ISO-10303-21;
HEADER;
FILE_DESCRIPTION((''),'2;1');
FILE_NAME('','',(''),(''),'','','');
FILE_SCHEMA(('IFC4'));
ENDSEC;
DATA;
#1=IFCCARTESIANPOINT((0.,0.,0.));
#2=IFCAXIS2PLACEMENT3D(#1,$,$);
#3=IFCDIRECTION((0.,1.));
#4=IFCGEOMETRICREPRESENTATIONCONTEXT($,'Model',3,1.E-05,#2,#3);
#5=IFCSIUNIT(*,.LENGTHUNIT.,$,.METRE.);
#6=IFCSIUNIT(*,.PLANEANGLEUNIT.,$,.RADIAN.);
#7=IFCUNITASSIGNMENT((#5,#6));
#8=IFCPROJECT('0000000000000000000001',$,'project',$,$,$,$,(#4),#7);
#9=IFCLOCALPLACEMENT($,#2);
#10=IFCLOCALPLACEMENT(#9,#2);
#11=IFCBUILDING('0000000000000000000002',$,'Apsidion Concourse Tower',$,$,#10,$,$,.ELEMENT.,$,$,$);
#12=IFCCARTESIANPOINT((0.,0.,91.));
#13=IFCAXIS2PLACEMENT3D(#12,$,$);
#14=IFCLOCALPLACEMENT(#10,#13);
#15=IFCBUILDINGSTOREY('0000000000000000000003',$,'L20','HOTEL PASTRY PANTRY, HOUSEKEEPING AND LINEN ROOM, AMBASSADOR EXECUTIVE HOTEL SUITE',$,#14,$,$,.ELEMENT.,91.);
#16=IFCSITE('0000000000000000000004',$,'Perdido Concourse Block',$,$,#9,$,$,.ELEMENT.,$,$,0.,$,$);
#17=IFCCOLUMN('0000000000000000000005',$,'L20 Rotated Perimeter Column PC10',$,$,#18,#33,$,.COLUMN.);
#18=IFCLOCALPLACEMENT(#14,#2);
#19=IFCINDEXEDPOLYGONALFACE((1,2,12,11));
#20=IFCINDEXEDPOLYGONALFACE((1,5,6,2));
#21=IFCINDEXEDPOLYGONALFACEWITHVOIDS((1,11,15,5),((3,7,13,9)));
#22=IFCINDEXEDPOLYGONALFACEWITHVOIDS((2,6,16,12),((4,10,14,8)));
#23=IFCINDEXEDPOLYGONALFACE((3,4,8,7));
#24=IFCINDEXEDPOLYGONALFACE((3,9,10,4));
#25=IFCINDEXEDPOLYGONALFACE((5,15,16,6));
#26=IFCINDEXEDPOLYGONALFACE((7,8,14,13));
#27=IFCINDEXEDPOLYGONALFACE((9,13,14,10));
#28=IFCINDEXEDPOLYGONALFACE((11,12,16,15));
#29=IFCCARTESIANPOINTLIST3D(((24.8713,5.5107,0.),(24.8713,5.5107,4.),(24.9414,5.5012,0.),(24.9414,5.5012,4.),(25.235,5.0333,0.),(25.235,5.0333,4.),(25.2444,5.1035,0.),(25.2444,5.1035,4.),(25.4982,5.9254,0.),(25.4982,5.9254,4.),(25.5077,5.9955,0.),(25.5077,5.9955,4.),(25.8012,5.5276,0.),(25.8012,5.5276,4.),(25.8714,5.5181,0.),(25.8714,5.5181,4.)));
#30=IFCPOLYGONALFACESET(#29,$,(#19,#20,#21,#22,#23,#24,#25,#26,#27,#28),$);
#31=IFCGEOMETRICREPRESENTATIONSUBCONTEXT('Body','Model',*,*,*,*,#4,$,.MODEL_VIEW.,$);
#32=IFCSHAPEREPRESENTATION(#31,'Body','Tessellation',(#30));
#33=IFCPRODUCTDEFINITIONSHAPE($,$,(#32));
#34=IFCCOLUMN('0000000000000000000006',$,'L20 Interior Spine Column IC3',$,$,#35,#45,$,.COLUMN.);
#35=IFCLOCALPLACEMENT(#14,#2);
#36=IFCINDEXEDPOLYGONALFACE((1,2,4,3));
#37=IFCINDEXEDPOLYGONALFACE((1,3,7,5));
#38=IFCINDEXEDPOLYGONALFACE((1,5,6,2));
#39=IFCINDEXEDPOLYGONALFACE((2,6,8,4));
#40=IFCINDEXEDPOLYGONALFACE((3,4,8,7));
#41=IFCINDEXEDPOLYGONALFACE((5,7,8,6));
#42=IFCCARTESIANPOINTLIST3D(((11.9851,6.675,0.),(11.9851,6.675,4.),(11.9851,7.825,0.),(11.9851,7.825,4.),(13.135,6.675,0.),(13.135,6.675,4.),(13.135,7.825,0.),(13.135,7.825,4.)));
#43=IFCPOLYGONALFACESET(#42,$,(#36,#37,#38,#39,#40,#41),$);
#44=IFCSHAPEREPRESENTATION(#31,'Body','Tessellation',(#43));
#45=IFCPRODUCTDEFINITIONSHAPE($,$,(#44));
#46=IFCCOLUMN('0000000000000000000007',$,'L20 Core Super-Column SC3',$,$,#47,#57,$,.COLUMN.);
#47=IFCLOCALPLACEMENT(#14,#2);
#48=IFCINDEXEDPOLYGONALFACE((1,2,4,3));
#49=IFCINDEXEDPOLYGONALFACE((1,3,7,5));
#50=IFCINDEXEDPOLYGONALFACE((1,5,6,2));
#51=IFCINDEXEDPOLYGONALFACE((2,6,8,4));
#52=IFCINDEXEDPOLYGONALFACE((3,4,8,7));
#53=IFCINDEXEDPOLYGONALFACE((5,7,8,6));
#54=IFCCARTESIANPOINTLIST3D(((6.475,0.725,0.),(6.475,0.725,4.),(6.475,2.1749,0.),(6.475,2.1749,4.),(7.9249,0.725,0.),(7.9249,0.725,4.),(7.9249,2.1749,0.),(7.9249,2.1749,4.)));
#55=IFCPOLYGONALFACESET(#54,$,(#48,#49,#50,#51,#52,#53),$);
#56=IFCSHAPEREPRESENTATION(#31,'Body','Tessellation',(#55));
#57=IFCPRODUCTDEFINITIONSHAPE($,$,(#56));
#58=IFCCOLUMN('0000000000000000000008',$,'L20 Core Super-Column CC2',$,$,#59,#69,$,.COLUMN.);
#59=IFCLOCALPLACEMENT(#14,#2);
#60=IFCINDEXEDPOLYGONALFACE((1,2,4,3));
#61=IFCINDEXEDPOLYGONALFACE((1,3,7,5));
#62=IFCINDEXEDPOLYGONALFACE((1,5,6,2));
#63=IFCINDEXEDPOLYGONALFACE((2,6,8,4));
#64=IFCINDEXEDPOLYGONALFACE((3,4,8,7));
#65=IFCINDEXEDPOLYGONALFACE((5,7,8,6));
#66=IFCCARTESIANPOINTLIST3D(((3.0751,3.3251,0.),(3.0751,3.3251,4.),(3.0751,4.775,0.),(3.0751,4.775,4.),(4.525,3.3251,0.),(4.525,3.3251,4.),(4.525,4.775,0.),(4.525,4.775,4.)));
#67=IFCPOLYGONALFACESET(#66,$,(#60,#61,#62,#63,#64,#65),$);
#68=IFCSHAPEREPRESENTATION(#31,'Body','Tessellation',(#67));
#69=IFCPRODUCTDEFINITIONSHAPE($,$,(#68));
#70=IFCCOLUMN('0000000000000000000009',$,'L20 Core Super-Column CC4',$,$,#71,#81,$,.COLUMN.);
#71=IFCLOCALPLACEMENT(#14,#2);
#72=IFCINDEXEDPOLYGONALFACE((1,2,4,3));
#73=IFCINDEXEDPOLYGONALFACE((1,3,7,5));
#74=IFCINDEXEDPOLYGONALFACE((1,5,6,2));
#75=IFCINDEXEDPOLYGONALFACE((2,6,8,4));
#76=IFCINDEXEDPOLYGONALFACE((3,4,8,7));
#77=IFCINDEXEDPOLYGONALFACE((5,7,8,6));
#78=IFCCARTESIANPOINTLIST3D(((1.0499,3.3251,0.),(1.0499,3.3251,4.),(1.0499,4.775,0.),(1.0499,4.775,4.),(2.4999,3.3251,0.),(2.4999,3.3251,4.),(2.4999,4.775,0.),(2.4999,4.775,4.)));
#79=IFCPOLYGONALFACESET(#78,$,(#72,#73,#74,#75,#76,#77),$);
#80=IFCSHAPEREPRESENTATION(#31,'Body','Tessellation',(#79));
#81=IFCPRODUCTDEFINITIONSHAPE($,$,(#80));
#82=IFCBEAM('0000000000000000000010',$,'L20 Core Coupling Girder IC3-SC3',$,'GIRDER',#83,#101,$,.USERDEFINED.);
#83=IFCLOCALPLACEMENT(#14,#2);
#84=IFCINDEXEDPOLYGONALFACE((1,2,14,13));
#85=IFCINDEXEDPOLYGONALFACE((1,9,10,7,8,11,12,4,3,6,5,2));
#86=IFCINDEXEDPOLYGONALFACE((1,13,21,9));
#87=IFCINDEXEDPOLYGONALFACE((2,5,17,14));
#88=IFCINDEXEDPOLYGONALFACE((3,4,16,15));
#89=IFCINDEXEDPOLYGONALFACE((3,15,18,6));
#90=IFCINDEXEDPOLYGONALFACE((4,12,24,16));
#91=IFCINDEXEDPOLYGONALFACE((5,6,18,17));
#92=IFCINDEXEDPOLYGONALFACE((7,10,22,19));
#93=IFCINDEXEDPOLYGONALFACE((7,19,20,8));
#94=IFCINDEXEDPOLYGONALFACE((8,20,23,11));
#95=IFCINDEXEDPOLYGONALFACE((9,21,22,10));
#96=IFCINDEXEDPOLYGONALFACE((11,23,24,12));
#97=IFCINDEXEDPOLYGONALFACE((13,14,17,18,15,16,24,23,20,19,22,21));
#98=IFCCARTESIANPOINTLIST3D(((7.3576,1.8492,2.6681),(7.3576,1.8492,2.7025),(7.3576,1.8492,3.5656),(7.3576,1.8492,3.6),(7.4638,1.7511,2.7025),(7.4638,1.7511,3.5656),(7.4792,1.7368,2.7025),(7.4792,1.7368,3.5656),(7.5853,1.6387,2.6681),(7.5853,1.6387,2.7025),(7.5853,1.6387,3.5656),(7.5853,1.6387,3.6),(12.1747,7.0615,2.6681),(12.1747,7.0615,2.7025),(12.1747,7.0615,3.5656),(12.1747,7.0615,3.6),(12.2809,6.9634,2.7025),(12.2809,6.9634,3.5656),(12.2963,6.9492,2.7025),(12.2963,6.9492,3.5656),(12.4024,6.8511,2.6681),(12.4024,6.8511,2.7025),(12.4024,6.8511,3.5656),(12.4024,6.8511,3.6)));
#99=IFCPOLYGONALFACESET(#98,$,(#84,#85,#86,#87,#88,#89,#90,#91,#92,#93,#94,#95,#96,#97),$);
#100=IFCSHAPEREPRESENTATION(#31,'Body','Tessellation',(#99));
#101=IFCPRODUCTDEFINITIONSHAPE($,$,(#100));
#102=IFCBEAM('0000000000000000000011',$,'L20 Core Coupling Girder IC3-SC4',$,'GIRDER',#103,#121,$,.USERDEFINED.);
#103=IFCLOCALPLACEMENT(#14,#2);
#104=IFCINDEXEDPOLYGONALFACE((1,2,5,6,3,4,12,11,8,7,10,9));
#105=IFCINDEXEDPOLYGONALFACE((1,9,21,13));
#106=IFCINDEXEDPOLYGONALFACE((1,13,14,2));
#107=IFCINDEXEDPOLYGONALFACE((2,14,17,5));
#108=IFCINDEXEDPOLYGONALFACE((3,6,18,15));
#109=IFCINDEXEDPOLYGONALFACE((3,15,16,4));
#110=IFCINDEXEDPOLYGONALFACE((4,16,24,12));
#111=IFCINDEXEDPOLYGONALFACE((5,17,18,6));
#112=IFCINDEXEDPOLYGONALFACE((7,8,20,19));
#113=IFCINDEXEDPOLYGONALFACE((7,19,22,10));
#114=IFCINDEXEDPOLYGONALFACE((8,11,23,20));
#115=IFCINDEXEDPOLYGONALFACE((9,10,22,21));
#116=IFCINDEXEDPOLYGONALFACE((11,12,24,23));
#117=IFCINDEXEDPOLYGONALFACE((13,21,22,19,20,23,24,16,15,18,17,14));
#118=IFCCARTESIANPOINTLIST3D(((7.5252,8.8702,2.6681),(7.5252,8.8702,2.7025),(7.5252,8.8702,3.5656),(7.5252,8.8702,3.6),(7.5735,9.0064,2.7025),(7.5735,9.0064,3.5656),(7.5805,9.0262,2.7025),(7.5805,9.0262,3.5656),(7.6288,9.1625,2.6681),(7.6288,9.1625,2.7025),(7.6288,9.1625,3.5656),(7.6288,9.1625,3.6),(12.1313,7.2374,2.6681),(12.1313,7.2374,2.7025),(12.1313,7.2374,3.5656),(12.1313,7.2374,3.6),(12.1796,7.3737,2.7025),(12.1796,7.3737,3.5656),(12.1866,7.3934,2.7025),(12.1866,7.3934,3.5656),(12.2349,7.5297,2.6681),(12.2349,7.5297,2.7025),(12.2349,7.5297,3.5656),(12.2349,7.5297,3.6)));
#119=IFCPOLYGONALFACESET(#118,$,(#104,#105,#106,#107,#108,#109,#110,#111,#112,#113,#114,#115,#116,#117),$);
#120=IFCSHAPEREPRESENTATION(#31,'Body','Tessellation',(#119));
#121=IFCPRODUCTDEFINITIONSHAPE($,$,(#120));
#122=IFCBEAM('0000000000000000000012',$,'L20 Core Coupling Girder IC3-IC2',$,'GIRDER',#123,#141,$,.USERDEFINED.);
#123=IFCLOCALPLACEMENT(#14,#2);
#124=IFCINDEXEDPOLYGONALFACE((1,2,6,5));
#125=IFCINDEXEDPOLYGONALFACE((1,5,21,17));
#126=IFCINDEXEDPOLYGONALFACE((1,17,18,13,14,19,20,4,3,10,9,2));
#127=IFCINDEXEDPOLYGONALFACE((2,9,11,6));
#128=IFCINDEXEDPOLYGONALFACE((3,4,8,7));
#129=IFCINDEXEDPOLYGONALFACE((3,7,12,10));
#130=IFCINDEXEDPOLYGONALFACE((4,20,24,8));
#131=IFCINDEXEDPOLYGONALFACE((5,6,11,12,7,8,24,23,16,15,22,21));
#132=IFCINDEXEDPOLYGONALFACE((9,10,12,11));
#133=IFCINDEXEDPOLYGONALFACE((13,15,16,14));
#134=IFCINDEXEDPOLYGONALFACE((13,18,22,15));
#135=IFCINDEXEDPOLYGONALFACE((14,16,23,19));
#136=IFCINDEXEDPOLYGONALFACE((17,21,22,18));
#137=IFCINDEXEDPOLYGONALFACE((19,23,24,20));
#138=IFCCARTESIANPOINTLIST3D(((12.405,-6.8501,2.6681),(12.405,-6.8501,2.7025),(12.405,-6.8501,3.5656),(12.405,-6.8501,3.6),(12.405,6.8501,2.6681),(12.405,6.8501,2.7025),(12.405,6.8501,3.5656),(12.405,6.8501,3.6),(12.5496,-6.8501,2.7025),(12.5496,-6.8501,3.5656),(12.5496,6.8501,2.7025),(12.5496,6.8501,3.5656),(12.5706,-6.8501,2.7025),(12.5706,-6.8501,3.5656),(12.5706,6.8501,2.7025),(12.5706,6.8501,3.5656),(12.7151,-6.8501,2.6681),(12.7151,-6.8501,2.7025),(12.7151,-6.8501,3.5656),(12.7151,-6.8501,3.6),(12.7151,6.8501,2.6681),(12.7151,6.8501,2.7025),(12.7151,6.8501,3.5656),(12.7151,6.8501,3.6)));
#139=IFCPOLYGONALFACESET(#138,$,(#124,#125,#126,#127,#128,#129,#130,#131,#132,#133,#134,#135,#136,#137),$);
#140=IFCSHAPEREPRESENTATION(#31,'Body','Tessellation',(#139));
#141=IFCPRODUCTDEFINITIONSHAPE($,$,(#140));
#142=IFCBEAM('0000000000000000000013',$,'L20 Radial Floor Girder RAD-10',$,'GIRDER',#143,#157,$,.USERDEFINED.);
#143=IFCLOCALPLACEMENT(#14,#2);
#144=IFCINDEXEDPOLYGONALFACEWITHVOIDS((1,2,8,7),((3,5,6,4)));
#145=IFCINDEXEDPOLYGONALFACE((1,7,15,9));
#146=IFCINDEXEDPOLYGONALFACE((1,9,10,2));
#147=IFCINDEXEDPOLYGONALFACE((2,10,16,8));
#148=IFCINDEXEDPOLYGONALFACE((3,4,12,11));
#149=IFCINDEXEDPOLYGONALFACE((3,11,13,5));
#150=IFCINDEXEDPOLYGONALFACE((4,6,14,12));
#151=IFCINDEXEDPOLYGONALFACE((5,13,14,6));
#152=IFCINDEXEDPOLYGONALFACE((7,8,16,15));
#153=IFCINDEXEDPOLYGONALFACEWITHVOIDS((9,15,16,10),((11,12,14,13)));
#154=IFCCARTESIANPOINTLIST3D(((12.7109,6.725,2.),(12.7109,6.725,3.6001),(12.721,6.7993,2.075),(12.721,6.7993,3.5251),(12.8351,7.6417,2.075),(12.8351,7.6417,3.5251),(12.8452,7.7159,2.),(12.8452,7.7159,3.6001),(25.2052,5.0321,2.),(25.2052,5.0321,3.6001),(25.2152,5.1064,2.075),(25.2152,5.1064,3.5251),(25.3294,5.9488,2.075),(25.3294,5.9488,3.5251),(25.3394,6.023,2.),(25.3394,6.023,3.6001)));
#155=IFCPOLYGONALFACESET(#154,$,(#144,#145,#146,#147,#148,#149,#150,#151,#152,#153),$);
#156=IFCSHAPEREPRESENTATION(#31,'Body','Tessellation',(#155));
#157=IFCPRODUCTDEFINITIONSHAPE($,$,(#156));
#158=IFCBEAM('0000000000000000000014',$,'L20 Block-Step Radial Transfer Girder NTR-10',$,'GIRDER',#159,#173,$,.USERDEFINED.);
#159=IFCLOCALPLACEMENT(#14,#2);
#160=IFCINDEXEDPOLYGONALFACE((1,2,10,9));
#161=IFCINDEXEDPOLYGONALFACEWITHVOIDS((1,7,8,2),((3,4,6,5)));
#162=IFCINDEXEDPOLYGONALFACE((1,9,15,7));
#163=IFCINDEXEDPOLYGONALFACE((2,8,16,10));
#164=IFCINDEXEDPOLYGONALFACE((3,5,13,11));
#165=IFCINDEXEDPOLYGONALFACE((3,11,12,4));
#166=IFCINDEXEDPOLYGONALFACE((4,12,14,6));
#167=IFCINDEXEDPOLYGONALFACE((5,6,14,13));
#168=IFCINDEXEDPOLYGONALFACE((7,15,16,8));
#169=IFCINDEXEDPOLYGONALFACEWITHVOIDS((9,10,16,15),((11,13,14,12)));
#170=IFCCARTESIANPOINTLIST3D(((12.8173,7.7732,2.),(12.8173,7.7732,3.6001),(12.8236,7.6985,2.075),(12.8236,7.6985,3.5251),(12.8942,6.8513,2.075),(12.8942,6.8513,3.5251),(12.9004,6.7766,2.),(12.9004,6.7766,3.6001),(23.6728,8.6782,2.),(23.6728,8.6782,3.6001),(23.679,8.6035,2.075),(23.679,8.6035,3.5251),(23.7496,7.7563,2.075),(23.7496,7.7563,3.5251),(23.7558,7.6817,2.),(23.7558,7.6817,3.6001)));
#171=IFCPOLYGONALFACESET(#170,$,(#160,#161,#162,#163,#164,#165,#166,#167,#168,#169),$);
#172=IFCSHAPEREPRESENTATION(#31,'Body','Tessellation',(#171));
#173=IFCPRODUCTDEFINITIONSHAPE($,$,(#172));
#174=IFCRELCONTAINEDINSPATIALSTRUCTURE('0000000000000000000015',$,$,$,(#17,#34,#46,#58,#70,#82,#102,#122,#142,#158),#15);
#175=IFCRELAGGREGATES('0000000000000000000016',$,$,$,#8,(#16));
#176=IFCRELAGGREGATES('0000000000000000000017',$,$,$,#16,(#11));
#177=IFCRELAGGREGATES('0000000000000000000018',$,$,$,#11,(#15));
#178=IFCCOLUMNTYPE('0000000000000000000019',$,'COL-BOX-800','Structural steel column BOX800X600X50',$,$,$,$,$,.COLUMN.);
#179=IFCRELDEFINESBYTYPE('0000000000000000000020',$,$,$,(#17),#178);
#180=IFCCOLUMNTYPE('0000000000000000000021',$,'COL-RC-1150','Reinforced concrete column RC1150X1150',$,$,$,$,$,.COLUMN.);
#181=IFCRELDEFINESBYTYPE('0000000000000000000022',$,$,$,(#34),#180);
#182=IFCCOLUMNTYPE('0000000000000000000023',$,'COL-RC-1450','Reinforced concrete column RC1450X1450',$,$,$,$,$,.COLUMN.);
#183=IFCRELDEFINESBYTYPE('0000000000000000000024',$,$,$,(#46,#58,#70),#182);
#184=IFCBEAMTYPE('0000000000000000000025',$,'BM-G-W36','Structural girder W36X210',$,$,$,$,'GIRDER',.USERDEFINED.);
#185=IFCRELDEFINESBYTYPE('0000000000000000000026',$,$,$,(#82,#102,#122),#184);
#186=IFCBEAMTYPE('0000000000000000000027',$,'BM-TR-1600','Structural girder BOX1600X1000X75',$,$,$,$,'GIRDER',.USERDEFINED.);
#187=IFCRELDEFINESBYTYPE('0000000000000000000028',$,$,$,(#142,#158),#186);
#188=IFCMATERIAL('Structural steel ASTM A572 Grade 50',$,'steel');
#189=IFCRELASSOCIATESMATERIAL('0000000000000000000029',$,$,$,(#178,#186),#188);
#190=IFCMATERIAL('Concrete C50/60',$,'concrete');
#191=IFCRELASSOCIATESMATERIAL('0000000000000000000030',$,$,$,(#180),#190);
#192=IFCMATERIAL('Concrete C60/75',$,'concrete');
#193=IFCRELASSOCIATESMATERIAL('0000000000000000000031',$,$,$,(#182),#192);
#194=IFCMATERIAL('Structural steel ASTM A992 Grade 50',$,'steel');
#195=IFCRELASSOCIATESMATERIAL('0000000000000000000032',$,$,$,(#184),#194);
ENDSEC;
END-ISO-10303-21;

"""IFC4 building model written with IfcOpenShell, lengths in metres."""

from ifc_helpers import new_model, si_unit, direction, frame, origin, origin_2d, place, context, subcontext, project, spatial, rectangle, hollow_rectangle, i_section, extrude, material, material_profile, profile_set, type_object, element, save


model = new_model("IFC4")

# Units and contexts
model_context = context("Model", 3, precision=1e-05, world=origin(), true_north=direction((0.0, 1.0)))
body_context = subcontext(model_context, "Body", "Model", "MODEL_VIEW")
ifc_project = project(units=[si_unit("LENGTHUNIT", "METRE"), si_unit("PLANEANGLEUNIT", "RADIAN")], contexts=[model_context])

# Site, building, storey
site_placement = place(None, origin())
site = spatial("IfcSite", under=ifc_project, at=site_placement, Name="Perdido Concourse Block", CompositionType="ELEMENT", RefElevation=0.0)
building_placement = place(site_placement, origin())
building = spatial("IfcBuilding", under=site, at=building_placement, Name="Apsidion Concourse Tower", CompositionType="ELEMENT")
storey_placement = place(building_placement, frame((0.0, 0.0, 91.0)))
storey = spatial("IfcBuildingStorey", under=building, at=storey_placement, Name="L20", Description="HOTEL PASTRY PANTRY, HOUSEKEEPING AND LINEN ROOM, AMBASSADOR EXECUTIVE HOTEL SUITE", CompositionType="ELEMENT", Elevation=91.0)

# Columns
ifc_material_1 = material(Name="Structural steel ASTM A572 Grade 50", Category="steel")
ifc_material_profile_1 = material_profile(ifc_material_1, hollow_rectangle(XDim=0.6001, YDim=0.8, WallThickness=0.05, at=origin_2d()), Name="BOX800X600X50")
ifc_profile_set_1 = profile_set([ifc_material_profile_1], Name="Structural steel ASTM A572 Grade 50")
column_type_1 = type_object("IfcColumnType", Name="COL-BOX-800", Description="Structural steel column BOX800X600X50", PredefinedType="COLUMN", material=ifc_profile_set_1)
column_1_placement = place(storey_placement, frame((25.3713, 5.5144, 0.0), z_axis=(0.0, 0.0, 1.0), x_axis=(-0.605988, 0.795473, 0.0)))
element("IfcColumn", 1, at=column_1_placement, inside=storey, type_object=column_type_1, Name="L20 Rotated Perimeter Column PC10", PredefinedType="COLUMN", context=body_context, shape_type="SweptSolid", body=[
    extrude(hollow_rectangle(XDim=0.6001, YDim=0.8, WallThickness=0.05, at=origin_2d()), origin(), (0.0, 0.0, 1.0), 4.0),
])
ifc_material_2 = material(Name="Concrete C50/60", Category="concrete")
ifc_material_profile_2 = material_profile(ifc_material_2, rectangle(XDim=1.1499, YDim=1.1499, at=origin_2d()), Name="RC 1150x1150")
ifc_profile_set_2 = profile_set([ifc_material_profile_2], Name="Concrete C50/60")
column_type_2 = type_object("IfcColumnType", Name="COL-RC-1150", Description="Reinforced concrete column RC1150X1150", PredefinedType="COLUMN", material=ifc_profile_set_2)
column_2_placement = place(storey_placement, frame((12.5601, 7.25, 0.0), z_axis=(0.0, 0.0, 1.0), x_axis=(1.0, 0.0, 0.0)))
element("IfcColumn", 2, at=column_2_placement, inside=storey, type_object=column_type_2, Name="L20 Interior Spine Column IC3", PredefinedType="COLUMN", context=body_context, shape_type="SweptSolid", body=[
    extrude(rectangle(XDim=1.1499, YDim=1.1499, at=origin_2d()), origin(), (0.0, 0.0, 1.0), 4.0),
])
ifc_material_3 = material(Name="Concrete C60/75", Category="concrete")
ifc_material_profile_3 = material_profile(ifc_material_3, rectangle(XDim=1.45, YDim=1.45, at=origin_2d()), Name="RC 1450x1450")
ifc_profile_set_3 = profile_set([ifc_material_profile_3], Name="Concrete C60/75")
column_type_3 = type_object("IfcColumnType", Name="COL-RC-1450", Description="Reinforced concrete column RC1450X1450", PredefinedType="COLUMN", material=ifc_profile_set_3)
for number, where, z_axis, x_axis, name in (
    (3, (7.2, 1.45, 0.0), (0.0, 0.0, 1.0), (1.0, 0.0, 0.0), "L20 Core Super-Column SC3"),
    (4, (3.8, 4.05, 0.0), (0.0, 0.0, 1.0), (1.0, 0.0, 0.0), "L20 Core Super-Column CC2"),
    (5, (1.7749, 4.05, 0.0), (0.0, 0.0, 1.0), (1.0, 0.0, 0.0), "L20 Core Super-Column CC4"),
):
    element("IfcColumn", number, at=place(storey_placement, frame(where, z_axis=z_axis, x_axis=x_axis)), inside=storey, type_object=column_type_3, Name=name, PredefinedType="COLUMN", context=body_context, shape_type="SweptSolid", body=[
        extrude(rectangle(XDim=1.45, YDim=1.45, at=origin_2d()), origin(), (0.0, 0.0, 1.0), 4.0),
    ])

# Beams
ifc_material_4 = material(Name="Structural steel ASTM A992 Grade 50", Category="steel")
ifc_material_profile_4 = material_profile(ifc_material_4, i_section(OverallWidth=0.3101, OverallDepth=0.9319, WebThickness=0.021, FlangeThickness=0.0344, at=origin_2d()), Name="W36X210")
ifc_profile_set_4 = profile_set([ifc_material_profile_4], Name="Structural steel ASTM A992 Grade 50")
beam_type_1 = type_object("IfcBeamType", Name="BM-G-W36", Description="Structural girder W36X210", ElementType="GIRDER", PredefinedType="USERDEFINED", material=ifc_profile_set_4)
beam_1_placement = place(storey_placement, frame((12.2886, 6.9563, 3.134), z_axis=(-0.678713, -0.734404, 0.0), x_axis=(0.734404, -0.678713, 0.0)))
element("IfcBeam", 6, at=beam_1_placement, inside=storey, type_object=beam_type_1, Name="L20 Core Coupling Girder IC3-SC3", ObjectType="GIRDER", PredefinedType="USERDEFINED", context=body_context, shape_type="SweptSolid", body=[
    extrude(i_section(OverallWidth=0.3101, OverallDepth=0.9319, WebThickness=0.021, FlangeThickness=0.0344, at=origin_2d()), origin(), (0.0, 0.0, 1.0), 7.0974),
])
beam_2_placement = place(storey_placement, frame((12.1831, 7.3835, 3.134), z_axis=(-0.942534, 0.334111, 0.0), x_axis=(-0.334111, -0.942534, 0.0)))
element("IfcBeam", 7, at=beam_2_placement, inside=storey, type_object=beam_type_1, Name="L20 Core Coupling Girder IC3-SC4", ObjectType="GIRDER", PredefinedType="USERDEFINED", context=body_context, shape_type="SweptSolid", body=[
    extrude(i_section(OverallWidth=0.3101, OverallDepth=0.9319, WebThickness=0.021, FlangeThickness=0.0344, at=origin_2d()), origin(), (0.0, 0.0, 1.0), 4.887),
])
beam_3_placement = place(storey_placement, frame((12.5601, 6.8501, 3.134), z_axis=(0.0, -1.0, 0.0), x_axis=(1.0, 0.0, 0.0)))
element("IfcBeam", 8, at=beam_3_placement, inside=storey, type_object=beam_type_1, Name="L20 Core Coupling Girder IC3-IC2", ObjectType="GIRDER", PredefinedType="USERDEFINED", context=body_context, shape_type="SweptSolid", body=[
    extrude(i_section(OverallWidth=0.3101, OverallDepth=0.9319, WebThickness=0.021, FlangeThickness=0.0344, at=origin_2d()), origin(), (0.0, 0.0, 1.0), 13.7002),
])
ifc_material_profile_5 = material_profile(ifc_material_1, hollow_rectangle(XDim=1.0, YDim=1.6001, WallThickness=0.075, at=origin_2d()), Name="BOX1600X1000X75")
ifc_profile_set_5 = profile_set([ifc_material_profile_5], Name="Structural steel ASTM A572 Grade 50")
beam_type_2 = type_object("IfcBeamType", Name="BM-TR-1600", Description="Structural girder BOX1600X1000X75", ElementType="GIRDER", PredefinedType="USERDEFINED", material=ifc_profile_set_5)
beam_4_placement = place(storey_placement, frame((12.7781, 7.2205, 2.8), z_axis=(0.990945, -0.134266, 0.0), x_axis=(0.134266, 0.990945, 0.0)))
element("IfcBeam", 9, at=beam_4_placement, inside=storey, type_object=beam_type_2, Name="L20 Radial Floor Girder RAD-10", ObjectType="GIRDER", PredefinedType="USERDEFINED", context=body_context, shape_type="SweptSolid", body=[
    extrude(hollow_rectangle(XDim=1.0, YDim=1.6001, WallThickness=0.075, at=origin_2d()), origin(), (0.0, 0.0, 1.0), 12.6084),
])
beam_5_placement = place(storey_placement, frame((12.8589, 7.2749, 2.8), z_axis=(0.996543, 0.083083, 0.0), x_axis=(-0.083083, 0.996543, 0.0)))
element("IfcBeam", 10, at=beam_5_placement, inside=storey, type_object=beam_type_2, Name="L20 Block-Step Radial Transfer Girder NTR-10", ObjectType="GIRDER", PredefinedType="USERDEFINED", context=body_context, shape_type="SweptSolid", body=[
    extrude(hollow_rectangle(XDim=1.0, YDim=1.6001, WallThickness=0.075, at=origin_2d()), origin(), (0.0, 0.0, 1.0), 10.8931),
])

save(model, "model.ifc")
